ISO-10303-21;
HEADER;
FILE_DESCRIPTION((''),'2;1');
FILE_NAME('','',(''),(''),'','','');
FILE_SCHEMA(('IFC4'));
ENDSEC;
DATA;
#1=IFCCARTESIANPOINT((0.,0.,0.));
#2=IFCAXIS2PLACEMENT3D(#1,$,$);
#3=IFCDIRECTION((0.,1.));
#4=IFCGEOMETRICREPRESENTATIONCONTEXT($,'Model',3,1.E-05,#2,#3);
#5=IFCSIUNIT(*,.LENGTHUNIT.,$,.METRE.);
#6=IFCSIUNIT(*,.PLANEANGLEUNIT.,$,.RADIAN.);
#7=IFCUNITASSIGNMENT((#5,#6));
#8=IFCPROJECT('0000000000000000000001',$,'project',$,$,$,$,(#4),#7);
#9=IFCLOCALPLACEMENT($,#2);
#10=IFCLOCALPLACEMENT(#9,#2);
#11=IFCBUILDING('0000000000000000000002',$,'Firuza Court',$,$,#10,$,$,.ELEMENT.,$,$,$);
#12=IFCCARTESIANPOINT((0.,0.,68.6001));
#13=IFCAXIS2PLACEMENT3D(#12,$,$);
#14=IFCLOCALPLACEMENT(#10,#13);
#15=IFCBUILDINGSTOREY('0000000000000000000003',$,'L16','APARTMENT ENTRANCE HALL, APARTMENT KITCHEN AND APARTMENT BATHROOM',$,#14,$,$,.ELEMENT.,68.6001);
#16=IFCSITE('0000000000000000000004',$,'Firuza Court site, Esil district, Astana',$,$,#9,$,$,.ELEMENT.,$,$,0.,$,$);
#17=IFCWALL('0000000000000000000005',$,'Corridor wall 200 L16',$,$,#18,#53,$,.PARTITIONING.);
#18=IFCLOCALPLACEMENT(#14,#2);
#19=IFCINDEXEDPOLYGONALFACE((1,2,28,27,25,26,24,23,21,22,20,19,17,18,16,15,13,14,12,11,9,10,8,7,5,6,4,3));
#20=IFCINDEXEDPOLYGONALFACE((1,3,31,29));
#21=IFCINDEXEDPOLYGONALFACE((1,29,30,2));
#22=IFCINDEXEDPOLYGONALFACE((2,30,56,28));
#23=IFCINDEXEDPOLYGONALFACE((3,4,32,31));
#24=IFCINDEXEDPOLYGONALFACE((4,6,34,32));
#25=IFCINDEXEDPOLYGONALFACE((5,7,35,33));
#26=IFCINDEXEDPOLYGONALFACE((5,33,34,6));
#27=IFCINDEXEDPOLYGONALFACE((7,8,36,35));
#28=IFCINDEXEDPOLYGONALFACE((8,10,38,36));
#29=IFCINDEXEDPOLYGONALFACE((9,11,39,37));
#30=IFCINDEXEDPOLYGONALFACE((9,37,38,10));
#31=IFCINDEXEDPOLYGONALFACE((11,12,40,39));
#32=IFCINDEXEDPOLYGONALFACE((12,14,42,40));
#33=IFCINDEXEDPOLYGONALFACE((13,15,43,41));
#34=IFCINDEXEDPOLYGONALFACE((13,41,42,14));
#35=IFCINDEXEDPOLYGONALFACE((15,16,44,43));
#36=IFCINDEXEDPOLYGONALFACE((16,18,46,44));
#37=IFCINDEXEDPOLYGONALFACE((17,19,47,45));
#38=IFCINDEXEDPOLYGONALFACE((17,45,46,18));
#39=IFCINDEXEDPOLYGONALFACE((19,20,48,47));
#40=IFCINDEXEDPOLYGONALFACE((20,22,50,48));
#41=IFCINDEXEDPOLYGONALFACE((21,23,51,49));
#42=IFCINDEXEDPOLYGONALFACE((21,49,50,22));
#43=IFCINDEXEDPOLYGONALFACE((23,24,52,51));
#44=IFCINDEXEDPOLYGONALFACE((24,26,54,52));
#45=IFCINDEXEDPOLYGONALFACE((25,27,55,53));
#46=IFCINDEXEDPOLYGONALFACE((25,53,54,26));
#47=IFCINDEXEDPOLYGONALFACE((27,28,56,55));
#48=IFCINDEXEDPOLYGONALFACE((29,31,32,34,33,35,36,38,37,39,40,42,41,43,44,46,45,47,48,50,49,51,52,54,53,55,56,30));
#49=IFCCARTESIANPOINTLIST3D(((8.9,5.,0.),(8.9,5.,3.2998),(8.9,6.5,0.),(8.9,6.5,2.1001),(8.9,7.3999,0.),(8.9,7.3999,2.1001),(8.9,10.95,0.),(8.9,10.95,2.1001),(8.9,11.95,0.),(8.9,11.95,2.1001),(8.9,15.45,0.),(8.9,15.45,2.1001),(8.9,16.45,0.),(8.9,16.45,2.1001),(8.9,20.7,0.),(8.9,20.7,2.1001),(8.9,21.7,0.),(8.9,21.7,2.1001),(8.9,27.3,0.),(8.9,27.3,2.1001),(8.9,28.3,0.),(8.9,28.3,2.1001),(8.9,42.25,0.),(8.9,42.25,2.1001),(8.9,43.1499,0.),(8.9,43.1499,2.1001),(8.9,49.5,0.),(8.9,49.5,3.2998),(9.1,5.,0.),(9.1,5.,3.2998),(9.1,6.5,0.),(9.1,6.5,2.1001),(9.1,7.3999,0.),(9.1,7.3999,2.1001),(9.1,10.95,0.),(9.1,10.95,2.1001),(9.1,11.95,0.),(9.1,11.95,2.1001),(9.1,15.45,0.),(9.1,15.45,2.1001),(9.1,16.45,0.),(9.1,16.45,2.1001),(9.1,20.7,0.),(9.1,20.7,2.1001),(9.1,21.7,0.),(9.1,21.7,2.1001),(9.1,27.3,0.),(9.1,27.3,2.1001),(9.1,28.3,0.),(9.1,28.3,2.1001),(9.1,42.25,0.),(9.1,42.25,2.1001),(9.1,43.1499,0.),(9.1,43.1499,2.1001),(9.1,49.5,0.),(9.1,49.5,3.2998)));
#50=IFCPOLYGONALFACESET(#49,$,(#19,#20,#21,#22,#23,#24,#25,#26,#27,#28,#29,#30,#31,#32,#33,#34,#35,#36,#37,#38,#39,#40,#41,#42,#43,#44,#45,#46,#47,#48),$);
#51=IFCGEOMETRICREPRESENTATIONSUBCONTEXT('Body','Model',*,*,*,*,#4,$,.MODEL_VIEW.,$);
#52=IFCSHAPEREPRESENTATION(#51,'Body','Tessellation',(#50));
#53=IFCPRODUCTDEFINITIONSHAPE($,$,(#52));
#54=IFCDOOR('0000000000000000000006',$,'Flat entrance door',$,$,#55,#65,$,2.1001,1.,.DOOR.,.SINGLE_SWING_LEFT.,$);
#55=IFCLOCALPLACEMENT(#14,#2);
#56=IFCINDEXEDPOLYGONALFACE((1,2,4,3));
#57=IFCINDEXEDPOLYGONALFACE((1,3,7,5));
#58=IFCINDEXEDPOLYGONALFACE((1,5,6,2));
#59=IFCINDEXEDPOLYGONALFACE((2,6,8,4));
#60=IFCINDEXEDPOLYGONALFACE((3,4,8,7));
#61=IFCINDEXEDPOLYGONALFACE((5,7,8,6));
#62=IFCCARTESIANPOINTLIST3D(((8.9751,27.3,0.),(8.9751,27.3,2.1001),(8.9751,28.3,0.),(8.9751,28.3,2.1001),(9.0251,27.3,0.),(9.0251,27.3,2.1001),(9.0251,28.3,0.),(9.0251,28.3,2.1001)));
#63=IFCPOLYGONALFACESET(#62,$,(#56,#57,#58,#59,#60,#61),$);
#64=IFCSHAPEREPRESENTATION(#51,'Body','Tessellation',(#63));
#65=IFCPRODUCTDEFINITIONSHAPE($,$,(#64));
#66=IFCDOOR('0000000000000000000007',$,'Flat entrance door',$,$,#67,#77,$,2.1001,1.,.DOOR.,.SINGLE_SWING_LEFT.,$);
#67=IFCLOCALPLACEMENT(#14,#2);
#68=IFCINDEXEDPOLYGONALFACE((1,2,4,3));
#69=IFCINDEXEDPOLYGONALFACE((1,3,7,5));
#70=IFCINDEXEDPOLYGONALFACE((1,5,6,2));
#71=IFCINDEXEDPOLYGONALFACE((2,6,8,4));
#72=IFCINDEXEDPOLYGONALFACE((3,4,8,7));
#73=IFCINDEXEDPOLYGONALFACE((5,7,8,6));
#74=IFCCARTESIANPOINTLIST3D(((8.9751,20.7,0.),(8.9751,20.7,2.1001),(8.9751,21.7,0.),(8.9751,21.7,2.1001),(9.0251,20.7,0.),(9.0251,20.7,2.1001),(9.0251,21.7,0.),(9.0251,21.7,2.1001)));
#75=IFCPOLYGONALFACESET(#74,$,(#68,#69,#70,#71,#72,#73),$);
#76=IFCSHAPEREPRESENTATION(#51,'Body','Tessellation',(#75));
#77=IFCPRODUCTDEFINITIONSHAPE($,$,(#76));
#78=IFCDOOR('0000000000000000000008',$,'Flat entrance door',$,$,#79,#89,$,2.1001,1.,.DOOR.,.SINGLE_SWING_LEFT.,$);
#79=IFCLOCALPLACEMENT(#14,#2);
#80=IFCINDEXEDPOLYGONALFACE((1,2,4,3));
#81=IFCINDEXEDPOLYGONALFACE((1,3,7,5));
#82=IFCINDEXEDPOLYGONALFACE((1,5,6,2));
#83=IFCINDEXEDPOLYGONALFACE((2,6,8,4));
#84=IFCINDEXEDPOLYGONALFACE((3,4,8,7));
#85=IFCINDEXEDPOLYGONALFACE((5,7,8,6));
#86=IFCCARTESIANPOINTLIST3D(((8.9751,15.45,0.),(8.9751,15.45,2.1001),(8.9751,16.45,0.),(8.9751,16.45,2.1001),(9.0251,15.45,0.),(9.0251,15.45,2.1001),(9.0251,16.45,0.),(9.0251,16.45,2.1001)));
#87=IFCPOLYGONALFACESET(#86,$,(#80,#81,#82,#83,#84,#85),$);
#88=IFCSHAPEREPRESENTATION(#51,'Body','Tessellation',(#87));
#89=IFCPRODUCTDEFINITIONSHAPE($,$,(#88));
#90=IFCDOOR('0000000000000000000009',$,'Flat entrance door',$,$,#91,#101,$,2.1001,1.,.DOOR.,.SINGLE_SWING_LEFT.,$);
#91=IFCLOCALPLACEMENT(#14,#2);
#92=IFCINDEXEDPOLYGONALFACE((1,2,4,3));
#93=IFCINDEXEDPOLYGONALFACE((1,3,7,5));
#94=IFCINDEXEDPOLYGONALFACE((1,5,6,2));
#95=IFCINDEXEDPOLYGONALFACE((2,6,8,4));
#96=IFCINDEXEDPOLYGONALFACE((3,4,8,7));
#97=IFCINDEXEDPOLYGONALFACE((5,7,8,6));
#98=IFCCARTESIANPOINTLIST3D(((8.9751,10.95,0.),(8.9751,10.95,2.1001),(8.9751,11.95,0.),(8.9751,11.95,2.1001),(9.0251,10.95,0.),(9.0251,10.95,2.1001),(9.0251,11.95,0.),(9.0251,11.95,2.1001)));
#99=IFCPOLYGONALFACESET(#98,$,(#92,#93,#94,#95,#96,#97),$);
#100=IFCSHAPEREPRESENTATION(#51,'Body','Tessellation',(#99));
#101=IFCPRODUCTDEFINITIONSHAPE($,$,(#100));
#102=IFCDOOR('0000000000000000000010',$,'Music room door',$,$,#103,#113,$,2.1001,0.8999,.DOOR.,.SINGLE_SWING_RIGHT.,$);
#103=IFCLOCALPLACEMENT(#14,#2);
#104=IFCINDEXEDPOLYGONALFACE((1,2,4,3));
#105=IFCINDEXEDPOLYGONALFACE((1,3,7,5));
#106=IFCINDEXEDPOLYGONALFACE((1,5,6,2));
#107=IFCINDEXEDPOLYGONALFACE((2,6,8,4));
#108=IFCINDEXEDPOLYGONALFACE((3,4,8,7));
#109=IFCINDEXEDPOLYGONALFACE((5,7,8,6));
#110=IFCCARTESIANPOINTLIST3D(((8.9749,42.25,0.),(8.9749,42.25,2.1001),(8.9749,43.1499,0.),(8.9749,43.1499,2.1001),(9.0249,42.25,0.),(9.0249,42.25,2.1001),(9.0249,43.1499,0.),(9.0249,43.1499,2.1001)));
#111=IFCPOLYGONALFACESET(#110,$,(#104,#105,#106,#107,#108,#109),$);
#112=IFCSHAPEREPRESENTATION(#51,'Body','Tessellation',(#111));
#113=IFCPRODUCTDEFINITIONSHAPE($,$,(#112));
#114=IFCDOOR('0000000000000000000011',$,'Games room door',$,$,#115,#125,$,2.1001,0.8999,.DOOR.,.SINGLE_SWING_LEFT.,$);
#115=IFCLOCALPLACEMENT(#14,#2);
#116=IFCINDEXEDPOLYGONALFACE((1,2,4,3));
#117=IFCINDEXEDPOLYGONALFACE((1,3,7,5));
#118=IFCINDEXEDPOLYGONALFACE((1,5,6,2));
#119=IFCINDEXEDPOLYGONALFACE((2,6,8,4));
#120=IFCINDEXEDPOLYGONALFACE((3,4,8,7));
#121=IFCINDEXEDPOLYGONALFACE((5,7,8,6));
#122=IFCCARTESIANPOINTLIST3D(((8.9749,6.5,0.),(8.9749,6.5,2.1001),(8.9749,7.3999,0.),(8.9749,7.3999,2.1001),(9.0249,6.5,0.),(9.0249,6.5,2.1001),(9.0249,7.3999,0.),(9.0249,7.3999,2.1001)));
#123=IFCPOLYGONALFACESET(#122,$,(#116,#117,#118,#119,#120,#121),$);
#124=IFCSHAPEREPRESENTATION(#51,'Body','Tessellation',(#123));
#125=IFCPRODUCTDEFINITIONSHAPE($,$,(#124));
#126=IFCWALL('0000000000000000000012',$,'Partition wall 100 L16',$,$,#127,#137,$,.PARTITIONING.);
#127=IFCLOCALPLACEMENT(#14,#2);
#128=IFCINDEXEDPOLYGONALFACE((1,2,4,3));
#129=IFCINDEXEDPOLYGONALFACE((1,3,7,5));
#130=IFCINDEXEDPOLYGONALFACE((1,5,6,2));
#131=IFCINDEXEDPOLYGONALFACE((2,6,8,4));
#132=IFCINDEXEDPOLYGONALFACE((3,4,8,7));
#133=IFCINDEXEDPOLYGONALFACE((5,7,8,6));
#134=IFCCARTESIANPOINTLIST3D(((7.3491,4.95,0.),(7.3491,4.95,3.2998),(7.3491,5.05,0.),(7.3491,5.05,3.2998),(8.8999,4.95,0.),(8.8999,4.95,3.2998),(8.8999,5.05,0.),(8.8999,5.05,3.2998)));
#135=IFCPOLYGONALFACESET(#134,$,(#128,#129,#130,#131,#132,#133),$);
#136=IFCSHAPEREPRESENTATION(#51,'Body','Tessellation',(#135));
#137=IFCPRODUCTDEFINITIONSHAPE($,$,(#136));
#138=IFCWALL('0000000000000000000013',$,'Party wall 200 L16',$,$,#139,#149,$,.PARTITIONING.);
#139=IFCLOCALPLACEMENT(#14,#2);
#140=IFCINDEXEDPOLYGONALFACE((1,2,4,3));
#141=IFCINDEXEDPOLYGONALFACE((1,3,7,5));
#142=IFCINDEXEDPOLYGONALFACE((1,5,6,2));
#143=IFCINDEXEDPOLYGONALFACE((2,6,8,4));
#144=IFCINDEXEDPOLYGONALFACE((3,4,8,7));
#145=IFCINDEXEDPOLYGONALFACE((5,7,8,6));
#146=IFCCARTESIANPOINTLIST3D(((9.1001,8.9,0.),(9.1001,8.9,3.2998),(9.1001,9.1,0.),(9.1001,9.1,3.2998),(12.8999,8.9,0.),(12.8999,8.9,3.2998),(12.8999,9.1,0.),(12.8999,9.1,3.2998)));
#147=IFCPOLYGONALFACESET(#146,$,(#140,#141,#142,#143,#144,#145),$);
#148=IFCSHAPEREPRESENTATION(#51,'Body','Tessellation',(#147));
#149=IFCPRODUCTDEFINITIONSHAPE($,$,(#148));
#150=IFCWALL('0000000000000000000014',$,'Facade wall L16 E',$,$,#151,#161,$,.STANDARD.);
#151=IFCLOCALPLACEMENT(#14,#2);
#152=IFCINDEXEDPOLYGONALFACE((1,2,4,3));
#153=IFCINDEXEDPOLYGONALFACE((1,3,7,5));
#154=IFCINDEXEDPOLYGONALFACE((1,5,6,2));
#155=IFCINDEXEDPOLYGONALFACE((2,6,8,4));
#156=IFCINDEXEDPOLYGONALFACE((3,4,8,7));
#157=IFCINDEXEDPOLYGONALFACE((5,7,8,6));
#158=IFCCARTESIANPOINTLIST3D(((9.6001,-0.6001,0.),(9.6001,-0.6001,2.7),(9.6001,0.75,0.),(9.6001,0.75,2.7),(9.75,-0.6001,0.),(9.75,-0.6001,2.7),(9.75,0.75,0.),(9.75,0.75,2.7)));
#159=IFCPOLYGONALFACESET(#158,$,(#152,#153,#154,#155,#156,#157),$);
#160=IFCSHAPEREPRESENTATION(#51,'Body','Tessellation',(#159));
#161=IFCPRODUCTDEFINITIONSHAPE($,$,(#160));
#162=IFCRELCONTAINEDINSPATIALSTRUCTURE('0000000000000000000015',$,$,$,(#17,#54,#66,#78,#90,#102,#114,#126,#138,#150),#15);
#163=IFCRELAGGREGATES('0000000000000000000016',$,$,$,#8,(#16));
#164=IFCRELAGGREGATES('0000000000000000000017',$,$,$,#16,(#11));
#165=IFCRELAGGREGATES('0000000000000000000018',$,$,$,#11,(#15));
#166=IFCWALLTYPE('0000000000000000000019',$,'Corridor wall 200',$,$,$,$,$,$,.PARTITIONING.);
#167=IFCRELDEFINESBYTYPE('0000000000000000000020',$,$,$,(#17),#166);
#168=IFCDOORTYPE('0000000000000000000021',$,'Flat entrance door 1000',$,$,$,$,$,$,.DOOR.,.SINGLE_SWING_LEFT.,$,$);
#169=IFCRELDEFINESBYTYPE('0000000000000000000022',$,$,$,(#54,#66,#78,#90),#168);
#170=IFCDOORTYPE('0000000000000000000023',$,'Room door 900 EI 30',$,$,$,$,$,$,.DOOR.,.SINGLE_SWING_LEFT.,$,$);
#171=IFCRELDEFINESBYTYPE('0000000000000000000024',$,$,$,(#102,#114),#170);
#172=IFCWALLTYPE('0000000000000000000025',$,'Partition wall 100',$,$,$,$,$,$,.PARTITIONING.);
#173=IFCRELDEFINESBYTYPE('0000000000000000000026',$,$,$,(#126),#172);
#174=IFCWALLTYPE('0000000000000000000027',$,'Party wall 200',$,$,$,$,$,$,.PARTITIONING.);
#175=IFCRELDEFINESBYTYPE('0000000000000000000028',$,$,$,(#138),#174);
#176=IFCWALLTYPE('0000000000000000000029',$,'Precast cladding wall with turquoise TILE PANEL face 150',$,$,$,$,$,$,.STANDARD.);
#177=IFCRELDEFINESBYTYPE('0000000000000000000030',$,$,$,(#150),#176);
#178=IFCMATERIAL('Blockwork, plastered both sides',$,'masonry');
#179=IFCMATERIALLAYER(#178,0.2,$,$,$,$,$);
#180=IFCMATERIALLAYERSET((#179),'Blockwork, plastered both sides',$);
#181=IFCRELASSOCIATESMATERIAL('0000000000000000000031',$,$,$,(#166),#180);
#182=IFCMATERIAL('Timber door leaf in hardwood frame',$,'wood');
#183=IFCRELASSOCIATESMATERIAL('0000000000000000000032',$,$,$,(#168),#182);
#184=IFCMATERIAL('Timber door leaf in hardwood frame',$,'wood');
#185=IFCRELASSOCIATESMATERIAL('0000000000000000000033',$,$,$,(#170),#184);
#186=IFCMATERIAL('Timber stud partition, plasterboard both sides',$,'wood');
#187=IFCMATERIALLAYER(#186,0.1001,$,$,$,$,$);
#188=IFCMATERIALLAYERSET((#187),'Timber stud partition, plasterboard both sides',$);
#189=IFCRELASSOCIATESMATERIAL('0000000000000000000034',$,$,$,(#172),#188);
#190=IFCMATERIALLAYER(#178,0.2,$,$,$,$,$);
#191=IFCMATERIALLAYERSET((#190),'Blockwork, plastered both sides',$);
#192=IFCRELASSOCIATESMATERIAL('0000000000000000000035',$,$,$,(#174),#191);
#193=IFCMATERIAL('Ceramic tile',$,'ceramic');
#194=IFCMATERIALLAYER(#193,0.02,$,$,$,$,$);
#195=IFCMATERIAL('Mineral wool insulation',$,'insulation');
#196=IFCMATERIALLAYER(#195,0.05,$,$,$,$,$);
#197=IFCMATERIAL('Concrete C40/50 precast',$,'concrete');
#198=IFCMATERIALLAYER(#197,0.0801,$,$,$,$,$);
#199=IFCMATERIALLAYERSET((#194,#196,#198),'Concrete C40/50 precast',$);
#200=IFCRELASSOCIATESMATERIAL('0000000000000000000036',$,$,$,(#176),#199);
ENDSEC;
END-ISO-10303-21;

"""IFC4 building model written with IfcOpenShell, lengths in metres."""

from ifc_helpers import new_model, si_unit, direction, frame, frame_2d, origin, place, context, subcontext, project, spatial, rectangle, extrude, material, layer, layer_set, type_object, element, fill, save


model = new_model("IFC4")

# Units and contexts
model_context = context("Model", 3, precision=1e-05, world=origin(), true_north=direction((0.0, 1.0)))
body_context = subcontext(model_context, "Body", "Model", "MODEL_VIEW")
ifc_project = project(units=[si_unit("LENGTHUNIT", "METRE"), si_unit("PLANEANGLEUNIT", "RADIAN")], contexts=[model_context])

# Site, building, storey
site_placement = place(None, origin())
site = spatial("IfcSite", under=ifc_project, at=site_placement, Name="Firuza Court site, Esil district, Astana", CompositionType="ELEMENT", RefElevation=0.0)
building_placement = place(site_placement, origin())
building = spatial("IfcBuilding", under=site, at=building_placement, Name="Firuza Court", CompositionType="ELEMENT")
storey_placement = place(building_placement, frame((0.0, 0.0, 68.6001)))
storey = spatial("IfcBuildingStorey", under=building, at=storey_placement, Name="L16", Description="APARTMENT ENTRANCE HALL, APARTMENT KITCHEN AND APARTMENT BATHROOM", CompositionType="ELEMENT", Elevation=68.6001)

# Wall, openings, doors
ifc_material_1 = material(Name="Blockwork, plastered both sides", Category="masonry")
ifc_layer_1 = layer(ifc_material_1, 0.2)
ifc_layer_set_1 = layer_set([ifc_layer_1], Name="Blockwork, plastered both sides")
wall_type_1 = type_object("IfcWallType", Name="Corridor wall 200", PredefinedType="PARTITIONING", material=ifc_layer_set_1)
wall_1_placement = place(storey_placement, frame((9.0, 5.0, 0.0), z_axis=(0.0, 0.0, 1.0), x_axis=(0.0, 1.0, 0.0)))
wall_1 = element("IfcWall", 1, at=wall_1_placement, inside=storey, type_object=wall_type_1, Name="Corridor wall 200 L16", PredefinedType="PARTITIONING", context=body_context, shape_type="SweptSolid", body=[
    extrude(rectangle(XDim=44.5, YDim=0.2, at=frame_2d((22.25, 0.0))), origin(), (0.0, 0.0, 1.0), 3.2998),
])
opening_1_placement = place(wall_1_placement, frame((22.3, 0.0, 0.0)))
opening_1 = element("IfcOpeningElement", 2, at=opening_1_placement, cuts=wall_1, PredefinedType="OPENING", context=body_context, shape_type="SweptSolid", body=[
    extrude(rectangle(XDim=1.0, YDim=2.1001, at=frame_2d((0.5, 1.05))), frame((0.0, 0.1118, 0.0), z_axis=(0.0, -1.0, 0.0), x_axis=(1.0, 0.0, 0.0)), (0.0, 0.0, 1.0), 0.2239),
])
opening_2_placement = place(wall_1_placement, frame((15.7, 0.0, 0.0)))
opening_2 = element("IfcOpeningElement", 3, at=opening_2_placement, cuts=wall_1, PredefinedType="OPENING", context=body_context, shape_type="SweptSolid", body=[
    extrude(rectangle(XDim=1.0, YDim=2.1001, at=frame_2d((0.5, 1.05))), frame((0.0, 0.1118, 0.0), z_axis=(0.0, -1.0, 0.0), x_axis=(1.0, 0.0, 0.0)), (0.0, 0.0, 1.0), 0.2239),
])
opening_3_placement = place(wall_1_placement, frame((10.45, 0.0, 0.0)))
opening_3 = element("IfcOpeningElement", 4, at=opening_3_placement, cuts=wall_1, PredefinedType="OPENING", context=body_context, shape_type="SweptSolid", body=[
    extrude(rectangle(XDim=1.0, YDim=2.1001, at=frame_2d((0.5, 1.05))), frame((0.0, 0.1118, 0.0), z_axis=(0.0, -1.0, 0.0), x_axis=(1.0, 0.0, 0.0)), (0.0, 0.0, 1.0), 0.2239),
])
opening_4_placement = place(wall_1_placement, frame((5.95, 0.0, 0.0)))
opening_4 = element("IfcOpeningElement", 5, at=opening_4_placement, cuts=wall_1, PredefinedType="OPENING", context=body_context, shape_type="SweptSolid", body=[
    extrude(rectangle(XDim=1.0, YDim=2.1001, at=frame_2d((0.5, 1.05))), frame((0.0, 0.1118, 0.0), z_axis=(0.0, -1.0, 0.0), x_axis=(1.0, 0.0, 0.0)), (0.0, 0.0, 1.0), 0.2239),
])
opening_5_placement = place(wall_1_placement, frame((37.25, 0.0, 0.0)))
opening_5 = element("IfcOpeningElement", 6, at=opening_5_placement, cuts=wall_1, PredefinedType="OPENING", context=body_context, shape_type="SweptSolid", body=[
    extrude(rectangle(XDim=0.8999, YDim=2.1001, at=frame_2d((0.45, 1.05))), frame((0.0, 0.1118, 0.0), z_axis=(0.0, -1.0, 0.0), x_axis=(1.0, 0.0, 0.0)), (0.0, 0.0, 1.0), 0.2239),
])
opening_6_placement = place(wall_1_placement, frame((1.5, 0.0, 0.0)))
opening_6 = element("IfcOpeningElement", 7, at=opening_6_placement, cuts=wall_1, PredefinedType="OPENING", context=body_context, shape_type="SweptSolid", body=[
    extrude(rectangle(XDim=0.8999, YDim=2.1001, at=frame_2d((0.45, 1.05))), frame((0.0, 0.1118, 0.0), z_axis=(0.0, -1.0, 0.0), x_axis=(1.0, 0.0, 0.0)), (0.0, 0.0, 1.0), 0.2239),
])
ifc_material_2 = material(Name="Timber door leaf in hardwood frame", Category="wood")
door_type_1 = type_object("IfcDoorType", Name="Flat entrance door 1000", OperationType="SINGLE_SWING_LEFT", PredefinedType="DOOR", material=ifc_material_2)
door_1_placement = place(opening_1_placement, origin())
door_1 = element("IfcDoor", 8, at=door_1_placement, inside=storey, type_object=door_type_1, Name="Flat entrance door", OperationType="SINGLE_SWING_LEFT", OverallHeight=2.1001, OverallWidth=1.0, PredefinedType="DOOR", context=body_context, shape_type="SweptSolid", body=[
    extrude(rectangle(XDim=1.0, YDim=2.1001, at=frame_2d((0.5, 1.05))), frame((0.0, 0.0249, 0.0), z_axis=(0.0, -1.0, 0.0), x_axis=(1.0, 0.0, 0.0)), (0.0, 0.0, 1.0), 0.05),
])
fill(opening_1, door_1)
door_2_placement = place(opening_2_placement, origin())
door_2 = element("IfcDoor", 9, at=door_2_placement, inside=storey, type_object=door_type_1, Name="Flat entrance door", OperationType="SINGLE_SWING_LEFT", OverallHeight=2.1001, OverallWidth=1.0, PredefinedType="DOOR", context=body_context, shape_type="SweptSolid", body=[
    extrude(rectangle(XDim=1.0, YDim=2.1001, at=frame_2d((0.5, 1.05))), frame((0.0, 0.0249, 0.0), z_axis=(0.0, -1.0, 0.0), x_axis=(1.0, 0.0, 0.0)), (0.0, 0.0, 1.0), 0.05),
])
fill(opening_2, door_2)
door_3_placement = place(opening_3_placement, origin())
door_3 = element("IfcDoor", 10, at=door_3_placement, inside=storey, type_object=door_type_1, Name="Flat entrance door", OperationType="SINGLE_SWING_LEFT", OverallHeight=2.1001, OverallWidth=1.0, PredefinedType="DOOR", context=body_context, shape_type="SweptSolid", body=[
    extrude(rectangle(XDim=1.0, YDim=2.1001, at=frame_2d((0.5, 1.05))), frame((0.0, 0.0249, 0.0), z_axis=(0.0, -1.0, 0.0), x_axis=(1.0, 0.0, 0.0)), (0.0, 0.0, 1.0), 0.05),
])
fill(opening_3, door_3)
door_4_placement = place(opening_4_placement, origin())
door_4 = element("IfcDoor", 11, at=door_4_placement, inside=storey, type_object=door_type_1, Name="Flat entrance door", OperationType="SINGLE_SWING_LEFT", OverallHeight=2.1001, OverallWidth=1.0, PredefinedType="DOOR", context=body_context, shape_type="SweptSolid", body=[
    extrude(rectangle(XDim=1.0, YDim=2.1001, at=frame_2d((0.5, 1.05))), frame((0.0, 0.0249, 0.0), z_axis=(0.0, -1.0, 0.0), x_axis=(1.0, 0.0, 0.0)), (0.0, 0.0, 1.0), 0.05),
])
fill(opening_4, door_4)
ifc_material_3 = material(Name="Timber door leaf in hardwood frame", Category="wood")
door_type_2 = type_object("IfcDoorType", Name="Room door 900 EI 30", OperationType="SINGLE_SWING_LEFT", PredefinedType="DOOR", material=ifc_material_3)
door_5_placement = place(opening_5_placement, frame((0.8999, 0.0, 0.0), z_axis=(0.0, 0.0, 1.0), x_axis=(-1.0, 0.0, 0.0)))
door_5 = element("IfcDoor", 12, at=door_5_placement, inside=storey, type_object=door_type_2, Name="Music room door", OperationType="SINGLE_SWING_RIGHT", OverallHeight=2.1001, OverallWidth=0.8999, PredefinedType="DOOR", context=body_context, shape_type="SweptSolid", body=[
    extrude(rectangle(XDim=0.8999, YDim=2.1001, at=frame_2d((0.45, 1.05))), frame((0.0, 0.0249, 0.0), z_axis=(0.0, -1.0, 0.0), x_axis=(1.0, 0.0, 0.0)), (0.0, 0.0, 1.0), 0.05),
])
fill(opening_5, door_5)
door_6_placement = place(opening_6_placement, frame((0.8999, 0.0, 0.0), z_axis=(0.0, 0.0, 1.0), x_axis=(-1.0, 0.0, 0.0)))
door_6 = element("IfcDoor", 13, at=door_6_placement, inside=storey, type_object=door_type_2, Name="Games room door", OperationType="SINGLE_SWING_LEFT", OverallHeight=2.1001, OverallWidth=0.8999, PredefinedType="DOOR", context=body_context, shape_type="SweptSolid", body=[
    extrude(rectangle(XDim=0.8999, YDim=2.1001, at=frame_2d((0.45, 1.05))), frame((0.0, 0.0249, 0.0), z_axis=(0.0, -1.0, 0.0), x_axis=(1.0, 0.0, 0.0)), (0.0, 0.0, 1.0), 0.05),
])
fill(opening_6, door_6)

# Walls
ifc_material_4 = material(Name="Timber stud partition, plasterboard both sides", Category="wood")
ifc_layer_2 = layer(ifc_material_4, 0.1001)
ifc_layer_set_2 = layer_set([ifc_layer_2], Name="Timber stud partition, plasterboard both sides")
wall_type_2 = type_object("IfcWallType", Name="Partition wall 100", PredefinedType="PARTITIONING", material=ifc_layer_set_2)
wall_2_placement = place(storey_placement, frame((7.3491, 5.0, 0.0), z_axis=(0.0, 0.0, 1.0), x_axis=(1.0, 0.0, 0.0)))
element("IfcWall", 14, at=wall_2_placement, inside=storey, type_object=wall_type_2, Name="Partition wall 100 L16", PredefinedType="PARTITIONING", context=body_context, shape_type="SweptSolid", body=[
    extrude(rectangle(XDim=1.5508, YDim=0.1001, at=frame_2d((0.7754, 0.0))), origin(), (0.0, 0.0, 1.0), 3.2998),
])
ifc_layer_3 = layer(ifc_material_1, 0.2)
ifc_layer_set_3 = layer_set([ifc_layer_3], Name="Blockwork, plastered both sides")
wall_type_3 = type_object("IfcWallType", Name="Party wall 200", PredefinedType="PARTITIONING", material=ifc_layer_set_3)
wall_3_placement = place(storey_placement, frame((9.1001, 9.0, 0.0), z_axis=(0.0, 0.0, 1.0), x_axis=(1.0, 0.0, 0.0)))
element("IfcWall", 15, at=wall_3_placement, inside=storey, type_object=wall_type_3, Name="Party wall 200 L16", PredefinedType="PARTITIONING", context=body_context, shape_type="SweptSolid", body=[
    extrude(rectangle(XDim=3.7998, YDim=0.2, at=frame_2d((1.8999, 0.0))), origin(), (0.0, 0.0, 1.0), 3.2998),
])
ifc_material_5 = material(Name="Ceramic tile", Category="ceramic")
ifc_layer_4 = layer(ifc_material_5, 0.02)
ifc_material_6 = material(Name="Mineral wool insulation", Category="insulation")
ifc_layer_5 = layer(ifc_material_6, 0.05)
ifc_material_7 = material(Name="Concrete C40/50 precast", Category="concrete")
ifc_layer_6 = layer(ifc_material_7, 0.0801)
ifc_layer_set_4 = layer_set([ifc_layer_4, ifc_layer_5, ifc_layer_6], Name="Concrete C40/50 precast")
wall_type_4 = type_object("IfcWallType", Name="Precast cladding wall with turquoise TILE PANEL face 150", PredefinedType="STANDARD", material=ifc_layer_set_4)
wall_4_placement = place(storey_placement, frame((9.675, -0.6001, 0.0), z_axis=(0.0, 0.0, 1.0), x_axis=(0.0, 1.0, 0.0)))
element("IfcWall", 16, at=wall_4_placement, inside=storey, type_object=wall_type_4, Name="Facade wall L16 E", PredefinedType="STANDARD", context=body_context, shape_type="SweptSolid", body=[
    extrude(rectangle(XDim=1.3501, YDim=0.1499, at=frame_2d((0.675, 0.0))), origin(), (0.0, 0.0, 1.0), 2.7),
])

save(model, "model.ifc")
